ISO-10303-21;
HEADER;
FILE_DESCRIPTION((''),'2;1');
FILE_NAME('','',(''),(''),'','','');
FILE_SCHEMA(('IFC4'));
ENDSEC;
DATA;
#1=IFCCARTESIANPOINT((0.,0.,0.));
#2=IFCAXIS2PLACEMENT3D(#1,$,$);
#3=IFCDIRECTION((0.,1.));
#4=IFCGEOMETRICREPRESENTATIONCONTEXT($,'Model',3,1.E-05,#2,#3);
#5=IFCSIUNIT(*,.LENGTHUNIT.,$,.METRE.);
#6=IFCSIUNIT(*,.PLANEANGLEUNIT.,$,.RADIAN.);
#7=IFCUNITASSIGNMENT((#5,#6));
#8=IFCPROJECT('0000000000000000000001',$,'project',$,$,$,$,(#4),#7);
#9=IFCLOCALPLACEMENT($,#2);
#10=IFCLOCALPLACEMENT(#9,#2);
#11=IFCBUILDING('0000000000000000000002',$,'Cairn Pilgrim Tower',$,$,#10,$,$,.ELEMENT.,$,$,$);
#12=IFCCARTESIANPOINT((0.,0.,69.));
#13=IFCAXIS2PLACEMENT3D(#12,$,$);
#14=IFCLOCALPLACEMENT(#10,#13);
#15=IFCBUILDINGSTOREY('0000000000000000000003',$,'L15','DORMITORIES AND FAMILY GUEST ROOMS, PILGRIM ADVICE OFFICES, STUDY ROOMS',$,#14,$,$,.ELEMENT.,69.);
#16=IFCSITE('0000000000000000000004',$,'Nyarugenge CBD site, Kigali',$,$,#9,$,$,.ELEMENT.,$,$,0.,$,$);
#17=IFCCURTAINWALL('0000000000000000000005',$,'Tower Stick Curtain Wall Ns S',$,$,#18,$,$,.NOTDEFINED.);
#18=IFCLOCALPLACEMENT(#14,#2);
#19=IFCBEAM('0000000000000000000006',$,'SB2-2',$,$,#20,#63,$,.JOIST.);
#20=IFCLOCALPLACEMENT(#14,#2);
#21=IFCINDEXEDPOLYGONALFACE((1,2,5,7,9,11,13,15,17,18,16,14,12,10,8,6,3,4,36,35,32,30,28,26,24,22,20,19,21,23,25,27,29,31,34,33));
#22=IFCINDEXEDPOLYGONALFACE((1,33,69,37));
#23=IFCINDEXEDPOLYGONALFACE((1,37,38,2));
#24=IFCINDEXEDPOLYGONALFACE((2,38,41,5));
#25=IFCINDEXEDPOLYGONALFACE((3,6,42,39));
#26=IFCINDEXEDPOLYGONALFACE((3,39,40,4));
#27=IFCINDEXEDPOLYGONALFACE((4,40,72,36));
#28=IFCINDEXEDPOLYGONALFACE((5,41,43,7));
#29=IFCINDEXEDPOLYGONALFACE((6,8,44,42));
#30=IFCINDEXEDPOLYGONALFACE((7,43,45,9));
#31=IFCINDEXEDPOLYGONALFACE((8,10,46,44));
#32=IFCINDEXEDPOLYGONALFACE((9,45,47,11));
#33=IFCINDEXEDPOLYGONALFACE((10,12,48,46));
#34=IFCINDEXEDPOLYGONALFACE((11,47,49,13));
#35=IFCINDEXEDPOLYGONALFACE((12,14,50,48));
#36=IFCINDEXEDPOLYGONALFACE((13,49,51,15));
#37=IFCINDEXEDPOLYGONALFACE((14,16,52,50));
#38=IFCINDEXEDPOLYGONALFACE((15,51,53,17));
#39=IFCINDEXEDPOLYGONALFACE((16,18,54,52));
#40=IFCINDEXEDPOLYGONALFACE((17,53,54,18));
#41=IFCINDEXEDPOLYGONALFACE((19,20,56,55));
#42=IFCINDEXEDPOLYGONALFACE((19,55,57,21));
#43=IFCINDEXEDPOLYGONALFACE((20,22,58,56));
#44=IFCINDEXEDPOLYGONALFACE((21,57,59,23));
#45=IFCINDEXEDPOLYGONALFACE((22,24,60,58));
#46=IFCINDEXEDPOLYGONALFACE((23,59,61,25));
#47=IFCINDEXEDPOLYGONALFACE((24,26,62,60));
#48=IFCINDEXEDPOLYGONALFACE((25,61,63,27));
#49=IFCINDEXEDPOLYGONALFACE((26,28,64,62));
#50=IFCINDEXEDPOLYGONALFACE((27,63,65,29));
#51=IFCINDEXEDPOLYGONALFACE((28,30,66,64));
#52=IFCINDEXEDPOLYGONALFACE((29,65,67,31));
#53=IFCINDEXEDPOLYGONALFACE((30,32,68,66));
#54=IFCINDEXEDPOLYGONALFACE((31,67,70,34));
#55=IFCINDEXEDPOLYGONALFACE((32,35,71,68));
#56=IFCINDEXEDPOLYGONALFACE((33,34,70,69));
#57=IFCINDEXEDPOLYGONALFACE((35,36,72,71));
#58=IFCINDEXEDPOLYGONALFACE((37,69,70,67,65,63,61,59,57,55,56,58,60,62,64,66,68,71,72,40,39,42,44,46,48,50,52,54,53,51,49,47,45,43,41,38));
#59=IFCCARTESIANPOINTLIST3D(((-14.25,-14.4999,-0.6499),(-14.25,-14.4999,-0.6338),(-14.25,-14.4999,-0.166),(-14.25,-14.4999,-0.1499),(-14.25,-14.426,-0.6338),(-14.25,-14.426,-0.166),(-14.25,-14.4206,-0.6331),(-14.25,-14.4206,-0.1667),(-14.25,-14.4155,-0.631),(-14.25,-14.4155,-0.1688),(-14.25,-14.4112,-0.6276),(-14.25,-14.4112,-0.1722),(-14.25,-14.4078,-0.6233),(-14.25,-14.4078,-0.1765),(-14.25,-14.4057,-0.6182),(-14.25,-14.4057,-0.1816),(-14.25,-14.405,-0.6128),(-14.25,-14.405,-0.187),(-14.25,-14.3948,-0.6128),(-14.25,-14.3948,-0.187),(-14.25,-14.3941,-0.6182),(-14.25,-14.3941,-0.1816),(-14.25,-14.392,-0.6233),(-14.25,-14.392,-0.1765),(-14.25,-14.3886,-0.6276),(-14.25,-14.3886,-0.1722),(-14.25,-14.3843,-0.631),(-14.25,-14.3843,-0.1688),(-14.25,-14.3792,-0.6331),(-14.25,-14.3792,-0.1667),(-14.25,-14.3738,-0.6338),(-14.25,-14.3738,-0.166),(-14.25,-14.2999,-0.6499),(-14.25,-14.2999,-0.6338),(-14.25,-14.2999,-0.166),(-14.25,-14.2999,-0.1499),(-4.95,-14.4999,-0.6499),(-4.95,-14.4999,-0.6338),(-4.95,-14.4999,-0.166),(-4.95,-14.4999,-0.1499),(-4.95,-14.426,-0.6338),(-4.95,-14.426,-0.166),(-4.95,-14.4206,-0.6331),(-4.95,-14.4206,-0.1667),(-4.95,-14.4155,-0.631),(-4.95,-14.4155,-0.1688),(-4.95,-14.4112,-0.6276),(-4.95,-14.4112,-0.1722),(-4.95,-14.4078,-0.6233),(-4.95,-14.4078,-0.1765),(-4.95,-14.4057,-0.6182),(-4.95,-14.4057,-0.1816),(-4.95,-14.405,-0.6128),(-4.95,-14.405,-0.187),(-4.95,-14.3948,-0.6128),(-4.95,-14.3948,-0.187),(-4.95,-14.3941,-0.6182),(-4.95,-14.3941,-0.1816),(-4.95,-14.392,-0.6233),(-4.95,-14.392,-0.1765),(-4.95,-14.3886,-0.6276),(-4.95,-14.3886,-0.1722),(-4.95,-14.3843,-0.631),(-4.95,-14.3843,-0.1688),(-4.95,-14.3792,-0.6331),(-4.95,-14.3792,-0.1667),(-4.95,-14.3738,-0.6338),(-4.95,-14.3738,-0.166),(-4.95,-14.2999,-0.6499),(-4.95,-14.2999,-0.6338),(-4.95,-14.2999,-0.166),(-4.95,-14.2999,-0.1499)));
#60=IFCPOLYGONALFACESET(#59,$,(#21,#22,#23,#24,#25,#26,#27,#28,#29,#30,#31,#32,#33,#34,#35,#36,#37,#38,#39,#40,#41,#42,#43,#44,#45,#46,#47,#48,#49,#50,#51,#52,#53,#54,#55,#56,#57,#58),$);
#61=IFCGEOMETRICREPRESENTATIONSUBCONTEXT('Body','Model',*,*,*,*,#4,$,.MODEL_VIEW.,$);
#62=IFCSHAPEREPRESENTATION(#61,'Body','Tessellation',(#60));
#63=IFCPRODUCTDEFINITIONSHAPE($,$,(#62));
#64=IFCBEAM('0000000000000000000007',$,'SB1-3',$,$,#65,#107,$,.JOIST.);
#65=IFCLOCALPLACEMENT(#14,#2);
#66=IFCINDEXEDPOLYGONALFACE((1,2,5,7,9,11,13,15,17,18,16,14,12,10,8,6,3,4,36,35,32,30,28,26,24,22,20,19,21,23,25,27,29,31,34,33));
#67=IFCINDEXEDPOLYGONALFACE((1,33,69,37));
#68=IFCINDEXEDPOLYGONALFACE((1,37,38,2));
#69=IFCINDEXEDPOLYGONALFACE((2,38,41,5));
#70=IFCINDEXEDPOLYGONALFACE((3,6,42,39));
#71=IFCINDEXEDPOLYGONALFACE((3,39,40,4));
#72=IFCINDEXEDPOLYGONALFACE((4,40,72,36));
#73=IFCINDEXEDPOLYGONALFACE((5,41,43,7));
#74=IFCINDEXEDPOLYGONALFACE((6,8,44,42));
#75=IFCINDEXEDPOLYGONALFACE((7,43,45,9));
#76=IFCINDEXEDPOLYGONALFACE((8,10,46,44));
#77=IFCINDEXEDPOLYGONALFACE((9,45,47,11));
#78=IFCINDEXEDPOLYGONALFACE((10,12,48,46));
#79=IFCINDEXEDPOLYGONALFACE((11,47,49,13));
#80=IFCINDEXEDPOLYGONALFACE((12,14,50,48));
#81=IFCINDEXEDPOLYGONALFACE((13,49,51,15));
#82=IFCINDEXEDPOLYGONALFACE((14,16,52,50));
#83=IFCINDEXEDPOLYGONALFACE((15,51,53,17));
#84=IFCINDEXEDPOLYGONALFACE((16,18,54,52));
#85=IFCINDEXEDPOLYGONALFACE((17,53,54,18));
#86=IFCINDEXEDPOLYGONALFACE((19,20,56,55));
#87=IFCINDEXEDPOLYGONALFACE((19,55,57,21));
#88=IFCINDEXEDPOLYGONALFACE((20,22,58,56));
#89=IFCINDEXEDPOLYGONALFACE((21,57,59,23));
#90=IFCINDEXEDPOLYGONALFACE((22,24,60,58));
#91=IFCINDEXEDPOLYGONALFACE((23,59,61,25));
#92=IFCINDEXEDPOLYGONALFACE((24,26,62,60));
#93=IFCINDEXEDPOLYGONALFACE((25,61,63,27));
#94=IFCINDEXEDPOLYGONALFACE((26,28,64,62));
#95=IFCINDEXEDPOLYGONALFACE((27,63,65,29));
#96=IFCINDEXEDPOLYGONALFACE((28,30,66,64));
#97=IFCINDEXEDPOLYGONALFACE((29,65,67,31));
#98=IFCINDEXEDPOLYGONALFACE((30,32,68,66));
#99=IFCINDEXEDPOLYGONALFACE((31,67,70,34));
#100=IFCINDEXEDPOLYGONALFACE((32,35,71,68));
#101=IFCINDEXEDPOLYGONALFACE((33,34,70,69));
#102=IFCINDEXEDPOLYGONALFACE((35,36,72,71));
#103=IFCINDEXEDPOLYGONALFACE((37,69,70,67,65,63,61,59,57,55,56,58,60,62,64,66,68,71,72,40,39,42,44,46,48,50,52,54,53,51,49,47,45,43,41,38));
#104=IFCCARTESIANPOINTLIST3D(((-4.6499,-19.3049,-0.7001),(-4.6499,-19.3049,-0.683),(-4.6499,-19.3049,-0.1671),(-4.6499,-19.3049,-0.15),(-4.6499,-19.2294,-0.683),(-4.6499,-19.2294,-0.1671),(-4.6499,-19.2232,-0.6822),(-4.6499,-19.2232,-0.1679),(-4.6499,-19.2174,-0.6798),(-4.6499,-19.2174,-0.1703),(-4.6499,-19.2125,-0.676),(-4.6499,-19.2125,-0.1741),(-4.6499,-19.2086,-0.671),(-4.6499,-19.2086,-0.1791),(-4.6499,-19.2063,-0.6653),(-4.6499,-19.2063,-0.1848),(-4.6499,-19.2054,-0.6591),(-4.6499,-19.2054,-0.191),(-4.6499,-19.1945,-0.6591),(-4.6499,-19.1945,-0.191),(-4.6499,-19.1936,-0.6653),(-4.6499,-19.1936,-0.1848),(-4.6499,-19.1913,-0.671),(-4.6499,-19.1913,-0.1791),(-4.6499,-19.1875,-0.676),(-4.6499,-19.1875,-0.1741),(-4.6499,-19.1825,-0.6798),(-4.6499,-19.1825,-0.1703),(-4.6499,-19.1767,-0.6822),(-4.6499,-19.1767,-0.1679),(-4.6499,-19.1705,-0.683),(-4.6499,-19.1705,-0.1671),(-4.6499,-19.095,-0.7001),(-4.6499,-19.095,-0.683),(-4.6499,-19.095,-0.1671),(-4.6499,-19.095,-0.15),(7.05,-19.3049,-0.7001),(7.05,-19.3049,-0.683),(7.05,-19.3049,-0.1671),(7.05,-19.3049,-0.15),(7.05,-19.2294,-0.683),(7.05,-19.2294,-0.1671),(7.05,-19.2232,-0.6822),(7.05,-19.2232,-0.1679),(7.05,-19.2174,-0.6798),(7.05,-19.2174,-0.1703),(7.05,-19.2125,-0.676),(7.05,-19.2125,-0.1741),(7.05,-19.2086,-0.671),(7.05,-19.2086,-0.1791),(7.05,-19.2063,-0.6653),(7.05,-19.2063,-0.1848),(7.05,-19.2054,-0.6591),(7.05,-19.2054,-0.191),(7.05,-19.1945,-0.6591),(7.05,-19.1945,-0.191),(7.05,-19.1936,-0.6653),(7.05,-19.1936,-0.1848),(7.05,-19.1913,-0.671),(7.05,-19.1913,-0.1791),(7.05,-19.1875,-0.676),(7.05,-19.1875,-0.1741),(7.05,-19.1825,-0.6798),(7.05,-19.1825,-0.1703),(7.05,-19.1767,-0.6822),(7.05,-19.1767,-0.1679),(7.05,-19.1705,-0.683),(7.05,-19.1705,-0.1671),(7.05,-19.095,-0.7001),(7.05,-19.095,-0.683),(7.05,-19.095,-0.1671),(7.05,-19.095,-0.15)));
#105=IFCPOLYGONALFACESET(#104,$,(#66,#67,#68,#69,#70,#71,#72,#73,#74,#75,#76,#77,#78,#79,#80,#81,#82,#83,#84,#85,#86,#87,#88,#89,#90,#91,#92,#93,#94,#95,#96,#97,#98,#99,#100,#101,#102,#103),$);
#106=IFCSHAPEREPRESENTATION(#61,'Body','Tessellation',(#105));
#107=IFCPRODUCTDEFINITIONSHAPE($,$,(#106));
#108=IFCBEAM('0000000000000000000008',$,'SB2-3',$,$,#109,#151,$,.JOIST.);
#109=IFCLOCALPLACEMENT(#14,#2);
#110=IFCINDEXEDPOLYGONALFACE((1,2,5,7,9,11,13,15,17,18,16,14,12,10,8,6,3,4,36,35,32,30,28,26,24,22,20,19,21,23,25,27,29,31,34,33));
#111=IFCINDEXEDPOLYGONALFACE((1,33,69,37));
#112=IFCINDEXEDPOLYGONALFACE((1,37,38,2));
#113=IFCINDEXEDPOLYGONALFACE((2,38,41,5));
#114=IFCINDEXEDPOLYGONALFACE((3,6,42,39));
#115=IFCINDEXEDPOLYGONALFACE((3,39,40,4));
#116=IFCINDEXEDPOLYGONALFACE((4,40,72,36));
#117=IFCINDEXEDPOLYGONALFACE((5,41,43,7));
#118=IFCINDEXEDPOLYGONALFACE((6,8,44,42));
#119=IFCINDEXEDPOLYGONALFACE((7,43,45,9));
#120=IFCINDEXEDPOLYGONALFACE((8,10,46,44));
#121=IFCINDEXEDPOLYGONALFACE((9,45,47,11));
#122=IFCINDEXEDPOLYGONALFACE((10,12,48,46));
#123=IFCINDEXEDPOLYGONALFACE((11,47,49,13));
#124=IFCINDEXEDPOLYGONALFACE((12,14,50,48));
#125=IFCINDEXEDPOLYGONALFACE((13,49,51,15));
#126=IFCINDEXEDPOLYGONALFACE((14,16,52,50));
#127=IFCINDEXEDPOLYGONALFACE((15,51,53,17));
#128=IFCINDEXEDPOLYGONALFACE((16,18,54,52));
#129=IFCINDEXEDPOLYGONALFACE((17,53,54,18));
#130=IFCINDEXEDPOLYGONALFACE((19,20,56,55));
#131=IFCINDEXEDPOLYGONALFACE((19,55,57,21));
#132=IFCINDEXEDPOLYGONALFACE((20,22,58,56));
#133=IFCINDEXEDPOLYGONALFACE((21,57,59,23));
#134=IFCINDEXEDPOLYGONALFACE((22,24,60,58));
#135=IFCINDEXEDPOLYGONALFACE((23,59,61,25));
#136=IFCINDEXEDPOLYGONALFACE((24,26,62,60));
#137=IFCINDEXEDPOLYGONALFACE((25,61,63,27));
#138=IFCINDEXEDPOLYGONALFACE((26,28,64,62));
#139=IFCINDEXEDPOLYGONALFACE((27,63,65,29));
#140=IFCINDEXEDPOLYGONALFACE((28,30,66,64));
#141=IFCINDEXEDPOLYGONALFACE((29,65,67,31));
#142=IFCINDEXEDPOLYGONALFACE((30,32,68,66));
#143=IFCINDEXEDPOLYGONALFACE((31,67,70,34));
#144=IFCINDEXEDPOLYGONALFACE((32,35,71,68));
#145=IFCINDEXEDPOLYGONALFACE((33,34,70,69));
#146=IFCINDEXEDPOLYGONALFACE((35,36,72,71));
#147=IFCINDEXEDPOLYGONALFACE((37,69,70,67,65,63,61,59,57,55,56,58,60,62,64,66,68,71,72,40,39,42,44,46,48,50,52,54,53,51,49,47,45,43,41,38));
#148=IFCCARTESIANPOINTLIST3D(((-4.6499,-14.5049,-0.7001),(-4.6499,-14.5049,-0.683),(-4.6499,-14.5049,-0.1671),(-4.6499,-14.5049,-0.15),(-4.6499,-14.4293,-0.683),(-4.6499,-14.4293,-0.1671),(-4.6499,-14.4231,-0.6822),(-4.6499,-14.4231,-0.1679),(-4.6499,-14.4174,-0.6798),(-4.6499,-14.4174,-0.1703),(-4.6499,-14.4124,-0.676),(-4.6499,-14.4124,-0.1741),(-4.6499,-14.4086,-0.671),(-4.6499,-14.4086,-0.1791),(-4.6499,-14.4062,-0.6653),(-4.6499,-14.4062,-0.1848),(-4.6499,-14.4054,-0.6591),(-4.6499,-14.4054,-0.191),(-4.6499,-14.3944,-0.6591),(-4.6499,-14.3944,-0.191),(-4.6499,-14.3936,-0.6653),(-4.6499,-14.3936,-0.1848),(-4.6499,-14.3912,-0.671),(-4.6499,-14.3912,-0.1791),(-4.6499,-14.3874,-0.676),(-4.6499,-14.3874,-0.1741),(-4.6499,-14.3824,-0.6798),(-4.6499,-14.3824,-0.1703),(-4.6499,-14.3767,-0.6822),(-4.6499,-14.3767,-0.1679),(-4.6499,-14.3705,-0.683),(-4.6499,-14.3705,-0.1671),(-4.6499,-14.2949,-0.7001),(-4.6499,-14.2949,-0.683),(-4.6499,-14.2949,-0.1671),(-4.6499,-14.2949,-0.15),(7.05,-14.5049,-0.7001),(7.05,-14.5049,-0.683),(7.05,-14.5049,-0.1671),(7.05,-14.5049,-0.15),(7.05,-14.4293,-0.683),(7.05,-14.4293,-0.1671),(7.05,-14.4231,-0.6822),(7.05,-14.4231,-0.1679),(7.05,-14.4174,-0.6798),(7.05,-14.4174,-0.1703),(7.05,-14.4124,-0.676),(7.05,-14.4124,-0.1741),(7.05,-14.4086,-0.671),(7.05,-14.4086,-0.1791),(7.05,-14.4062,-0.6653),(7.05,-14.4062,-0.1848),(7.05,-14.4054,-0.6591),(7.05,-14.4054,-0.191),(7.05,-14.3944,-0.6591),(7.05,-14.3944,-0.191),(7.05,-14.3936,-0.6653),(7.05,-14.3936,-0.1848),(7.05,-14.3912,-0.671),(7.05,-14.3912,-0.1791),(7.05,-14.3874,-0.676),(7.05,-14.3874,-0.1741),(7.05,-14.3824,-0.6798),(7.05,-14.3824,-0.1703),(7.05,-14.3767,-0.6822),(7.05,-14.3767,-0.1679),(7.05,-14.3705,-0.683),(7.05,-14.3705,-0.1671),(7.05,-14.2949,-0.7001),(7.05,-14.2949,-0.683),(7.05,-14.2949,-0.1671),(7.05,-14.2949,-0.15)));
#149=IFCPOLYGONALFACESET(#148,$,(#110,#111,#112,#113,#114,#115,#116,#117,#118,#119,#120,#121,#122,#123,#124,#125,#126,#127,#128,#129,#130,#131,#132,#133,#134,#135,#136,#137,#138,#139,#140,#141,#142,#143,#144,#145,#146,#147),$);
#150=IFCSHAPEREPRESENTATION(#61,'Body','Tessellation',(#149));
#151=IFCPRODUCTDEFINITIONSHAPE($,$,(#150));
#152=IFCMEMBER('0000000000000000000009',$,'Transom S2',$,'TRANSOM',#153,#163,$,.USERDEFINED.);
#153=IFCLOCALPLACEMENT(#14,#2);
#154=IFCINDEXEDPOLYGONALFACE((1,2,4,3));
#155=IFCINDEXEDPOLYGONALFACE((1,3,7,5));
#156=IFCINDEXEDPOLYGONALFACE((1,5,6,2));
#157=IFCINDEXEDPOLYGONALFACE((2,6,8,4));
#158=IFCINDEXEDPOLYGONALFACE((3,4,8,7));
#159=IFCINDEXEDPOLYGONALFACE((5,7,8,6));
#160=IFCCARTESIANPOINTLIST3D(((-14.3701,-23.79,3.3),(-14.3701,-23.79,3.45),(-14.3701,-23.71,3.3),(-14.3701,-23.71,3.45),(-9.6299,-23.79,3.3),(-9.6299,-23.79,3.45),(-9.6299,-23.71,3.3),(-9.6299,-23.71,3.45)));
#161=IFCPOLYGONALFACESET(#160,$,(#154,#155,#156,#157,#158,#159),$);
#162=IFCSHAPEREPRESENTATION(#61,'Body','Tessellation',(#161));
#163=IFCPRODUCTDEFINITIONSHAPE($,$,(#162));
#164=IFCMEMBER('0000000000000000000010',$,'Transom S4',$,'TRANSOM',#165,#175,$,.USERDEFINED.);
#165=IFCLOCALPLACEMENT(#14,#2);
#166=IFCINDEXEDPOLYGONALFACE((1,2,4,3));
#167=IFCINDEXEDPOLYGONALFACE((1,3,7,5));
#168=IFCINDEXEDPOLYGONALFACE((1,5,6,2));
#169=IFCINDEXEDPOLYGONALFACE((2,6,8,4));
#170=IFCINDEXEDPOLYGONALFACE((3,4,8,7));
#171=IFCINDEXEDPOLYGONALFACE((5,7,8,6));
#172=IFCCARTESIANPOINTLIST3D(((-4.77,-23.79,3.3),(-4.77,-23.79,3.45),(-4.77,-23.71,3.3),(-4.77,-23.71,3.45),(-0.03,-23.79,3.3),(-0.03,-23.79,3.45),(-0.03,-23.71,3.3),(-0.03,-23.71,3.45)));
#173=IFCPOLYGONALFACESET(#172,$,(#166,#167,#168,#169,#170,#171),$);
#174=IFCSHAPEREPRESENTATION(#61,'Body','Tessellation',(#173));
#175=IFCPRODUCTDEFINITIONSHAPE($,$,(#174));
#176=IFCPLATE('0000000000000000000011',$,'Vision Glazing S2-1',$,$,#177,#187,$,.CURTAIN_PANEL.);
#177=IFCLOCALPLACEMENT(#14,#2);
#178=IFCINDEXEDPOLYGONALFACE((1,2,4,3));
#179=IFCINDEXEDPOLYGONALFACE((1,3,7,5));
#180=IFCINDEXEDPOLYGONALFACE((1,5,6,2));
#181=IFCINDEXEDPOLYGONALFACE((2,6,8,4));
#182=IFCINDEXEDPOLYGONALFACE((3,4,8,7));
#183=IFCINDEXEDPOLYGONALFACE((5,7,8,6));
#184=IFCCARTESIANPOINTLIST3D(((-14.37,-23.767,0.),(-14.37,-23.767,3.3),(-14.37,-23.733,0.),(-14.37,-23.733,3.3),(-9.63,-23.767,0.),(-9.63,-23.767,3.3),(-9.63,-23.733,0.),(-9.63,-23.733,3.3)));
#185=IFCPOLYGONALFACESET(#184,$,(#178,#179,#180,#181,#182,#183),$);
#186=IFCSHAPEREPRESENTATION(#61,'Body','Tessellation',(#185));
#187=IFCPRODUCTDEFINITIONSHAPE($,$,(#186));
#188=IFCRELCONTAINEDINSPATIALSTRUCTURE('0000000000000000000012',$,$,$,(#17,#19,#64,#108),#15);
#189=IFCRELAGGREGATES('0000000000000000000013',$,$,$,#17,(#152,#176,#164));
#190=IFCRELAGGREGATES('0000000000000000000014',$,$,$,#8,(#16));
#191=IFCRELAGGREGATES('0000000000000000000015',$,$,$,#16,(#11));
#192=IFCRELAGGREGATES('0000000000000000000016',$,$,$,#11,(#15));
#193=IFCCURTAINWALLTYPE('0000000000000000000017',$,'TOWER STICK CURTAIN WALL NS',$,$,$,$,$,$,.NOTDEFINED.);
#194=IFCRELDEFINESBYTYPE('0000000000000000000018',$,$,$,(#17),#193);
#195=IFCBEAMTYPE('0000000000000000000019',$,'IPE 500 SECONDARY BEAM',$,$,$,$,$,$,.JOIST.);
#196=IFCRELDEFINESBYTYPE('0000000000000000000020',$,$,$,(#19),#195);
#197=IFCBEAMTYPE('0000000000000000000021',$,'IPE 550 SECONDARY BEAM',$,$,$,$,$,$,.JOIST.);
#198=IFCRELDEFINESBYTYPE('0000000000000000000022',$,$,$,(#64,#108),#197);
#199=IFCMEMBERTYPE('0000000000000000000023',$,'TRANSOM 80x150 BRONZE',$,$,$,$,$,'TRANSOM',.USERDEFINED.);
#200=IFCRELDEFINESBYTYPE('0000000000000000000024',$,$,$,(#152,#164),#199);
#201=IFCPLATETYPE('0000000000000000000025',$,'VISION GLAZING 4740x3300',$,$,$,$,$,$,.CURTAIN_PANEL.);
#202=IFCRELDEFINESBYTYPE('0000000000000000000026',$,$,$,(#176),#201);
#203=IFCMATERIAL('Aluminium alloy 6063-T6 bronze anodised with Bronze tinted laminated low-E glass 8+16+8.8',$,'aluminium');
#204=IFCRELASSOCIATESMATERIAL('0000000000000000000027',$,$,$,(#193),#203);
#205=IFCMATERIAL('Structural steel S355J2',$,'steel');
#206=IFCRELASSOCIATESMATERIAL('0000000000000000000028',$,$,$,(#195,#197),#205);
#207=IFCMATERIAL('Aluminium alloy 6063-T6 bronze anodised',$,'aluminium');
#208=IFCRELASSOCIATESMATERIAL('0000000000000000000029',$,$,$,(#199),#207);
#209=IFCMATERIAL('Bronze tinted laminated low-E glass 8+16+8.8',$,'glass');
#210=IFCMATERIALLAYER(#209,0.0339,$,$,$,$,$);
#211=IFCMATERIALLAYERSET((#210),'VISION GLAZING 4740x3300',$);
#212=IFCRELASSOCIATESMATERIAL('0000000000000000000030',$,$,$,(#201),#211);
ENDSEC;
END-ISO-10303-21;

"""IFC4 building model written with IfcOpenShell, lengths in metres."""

from ifc_helpers import new_model, si_unit, direction, frame, origin, origin_2d, place, context, subcontext, project, spatial, rectangle, i_section, extrude, material, layer, layer_set, material_profile, profile_set, type_object, element, aggregate, save


model = new_model("IFC4")

# Units and contexts
model_context = context("Model", 3, precision=1e-05, world=origin(), true_north=direction((0.0, 1.0)))
body_context = subcontext(model_context, "Body", "Model", "MODEL_VIEW")
ifc_project = project(units=[si_unit("LENGTHUNIT", "METRE"), si_unit("PLANEANGLEUNIT", "RADIAN")], contexts=[model_context])

# Site, building, storey
site_placement = place(None, origin())
site = spatial("IfcSite", under=ifc_project, at=site_placement, Name="Nyarugenge CBD site, Kigali", CompositionType="ELEMENT", RefElevation=0.0)
building_placement = place(site_placement, origin())
building = spatial("IfcBuilding", under=site, at=building_placement, Name="Cairn Pilgrim Tower", CompositionType="ELEMENT")
storey_placement = place(building_placement, frame((0.0, 0.0, 69.0)))
storey = spatial("IfcBuildingStorey", under=building, at=storey_placement, Name="L15", Description="DORMITORIES AND FAMILY GUEST ROOMS, PILGRIM ADVICE OFFICES, STUDY ROOMS", CompositionType="ELEMENT", Elevation=69.0)

# Curtain wall
ifc_material_1 = material(Name="Aluminium alloy 6063-T6 bronze anodised with Bronze tinted laminated low-E glass 8+16+8.8", Category="aluminium")
curtain_wall_type = type_object("IfcCurtainWallType", Name="TOWER STICK CURTAIN WALL NS", PredefinedType="NOTDEFINED", material=ifc_material_1)
curtain_wall_placement = place(storey_placement, origin())
curtain_wall = element("IfcCurtainWall", 1, at=curtain_wall_placement, inside=storey, type_object=curtain_wall_type, Name="Tower Stick Curtain Wall Ns S", PredefinedType="NOTDEFINED")
ifc_material_2 = material(Name="Aluminium alloy 6063-T6 bronze anodised", Category="aluminium")

# Beams
ifc_material_3 = material(Name="Structural steel S355J2", Category="steel")
ifc_material_profile_1 = material_profile(ifc_material_3, i_section(OverallWidth=0.2, OverallDepth=0.5, WebThickness=0.0103, FlangeThickness=0.0161, FilletRadius=0.021, at=origin_2d()), Name="IPE 500")
ifc_profile_set_1 = profile_set([ifc_material_profile_1], Name="Structural steel S355J2")
beam_type_1 = type_object("IfcBeamType", Name="IPE 500 SECONDARY BEAM", PredefinedType="JOIST", material=ifc_profile_set_1)
for number, where, z_axis, x_axis, name in (
    (2, (-14.25, -14.3999, -0.3999), (1.0, 0.0, 0.0), (0.0, 1.0, 0.0), "SB2-2"),
):
    element("IfcBeam", number, at=place(storey_placement, frame(where, z_axis=z_axis, x_axis=x_axis)), inside=storey, type_object=beam_type_1, Name=name, PredefinedType="JOIST", context=body_context, shape_type="SweptSolid", body=[
        extrude(i_section(OverallWidth=0.2, OverallDepth=0.5, WebThickness=0.0103, FlangeThickness=0.0161, FilletRadius=0.021, at=origin_2d()), origin(), (0.0, 0.0, 1.0), 9.3),
    ])
ifc_material_profile_2 = material_profile(ifc_material_3, i_section(OverallWidth=0.21, OverallDepth=0.55, WebThickness=0.011, FlangeThickness=0.0171, FilletRadius=0.0239, at=origin_2d()), Name="IPE 550")
ifc_profile_set_2 = profile_set([ifc_material_profile_2], Name="Structural steel S355J2")
beam_type_2 = type_object("IfcBeamType", Name="IPE 550 SECONDARY BEAM", PredefinedType="JOIST", material=ifc_profile_set_2)
for number, where, z_axis, x_axis, name in (
    (3, (-4.6499, -19.2, -0.425), (1.0, 0.0, 0.0), (0.0, 1.0, 0.0), "SB1-3"),
    (4, (-4.6499, -14.3999, -0.425), (1.0, 0.0, 0.0), (0.0, 1.0, 0.0), "SB2-3"),
):
    element("IfcBeam", number, at=place(storey_placement, frame(where, z_axis=z_axis, x_axis=x_axis)), inside=storey, type_object=beam_type_2, Name=name, PredefinedType="JOIST", context=body_context, shape_type="SweptSolid", body=[
        extrude(i_section(OverallWidth=0.21, OverallDepth=0.55, WebThickness=0.011, FlangeThickness=0.0171, FilletRadius=0.0239, at=origin_2d()), origin(), (0.0, 0.0, 1.0), 11.7),
    ])

# Members
ifc_material_profile_3 = material_profile(ifc_material_2, rectangle(XDim=0.0801, YDim=0.1499, at=origin_2d()), Name="TRANSOM 80x150 BRONZE")
ifc_profile_set_3 = profile_set([ifc_material_profile_3], Name="Aluminium alloy 6063-T6 bronze anodised")
member_type_1 = type_object("IfcMemberType", Name="TRANSOM 80x150 BRONZE", ElementType="TRANSOM", PredefinedType="USERDEFINED", material=ifc_profile_set_3)
member_1_placement = place(storey_placement, frame((-14.3701, -23.75, 3.375), z_axis=(1.0, 0.0, 0.0), x_axis=(0.0, 1.0, 0.0)))
member_1 = element("IfcMember", 5, at=member_1_placement, type_object=member_type_1, Name="Transom S2", ObjectType="TRANSOM", PredefinedType="USERDEFINED", context=body_context, shape_type="SweptSolid", body=[
    extrude(rectangle(XDim=0.0801, YDim=0.1499, at=origin_2d()), origin(), (0.0, 0.0, 1.0), 4.7402),
])
member_2_placement = place(storey_placement, frame((-4.77, -23.75, 3.375), z_axis=(1.0, 0.0, 0.0), x_axis=(0.0, 1.0, 0.0)))
member_2 = element("IfcMember", 6, at=member_2_placement, type_object=member_type_1, Name="Transom S4", ObjectType="TRANSOM", PredefinedType="USERDEFINED", context=body_context, shape_type="SweptSolid", body=[
    extrude(rectangle(XDim=0.0801, YDim=0.1499, at=origin_2d()), origin(), (0.0, 0.0, 1.0), 4.74),
])

# Plate
ifc_material_4 = material(Name="Bronze tinted laminated low-E glass 8+16+8.8", Category="glass")
ifc_layer_1 = layer(ifc_material_4, 0.0339)
ifc_layer_set_1 = layer_set([ifc_layer_1], Name="VISION GLAZING 4740x3300")
plate_type = type_object("IfcPlateType", Name="VISION GLAZING 4740x3300", PredefinedType="CURTAIN_PANEL", material=ifc_layer_set_1)
plate_1_placement = place(storey_placement, frame((-12.0, -23.75, 0.0), z_axis=(0.0, 0.0, 1.0), x_axis=(1.0, 0.0, 0.0)))
plate_1 = element("IfcPlate", 7, at=plate_1_placement, type_object=plate_type, Name="Vision Glazing S2-1", PredefinedType="CURTAIN_PANEL", context=body_context, shape_type="SweptSolid", body=[
    extrude(rectangle(XDim=4.74, YDim=0.0339, at=origin_2d()), origin(), (0.0, 0.0, 1.0), 3.3),
])
aggregate(curtain_wall, [member_1, plate_1, member_2])

save(model, "model.ifc")
